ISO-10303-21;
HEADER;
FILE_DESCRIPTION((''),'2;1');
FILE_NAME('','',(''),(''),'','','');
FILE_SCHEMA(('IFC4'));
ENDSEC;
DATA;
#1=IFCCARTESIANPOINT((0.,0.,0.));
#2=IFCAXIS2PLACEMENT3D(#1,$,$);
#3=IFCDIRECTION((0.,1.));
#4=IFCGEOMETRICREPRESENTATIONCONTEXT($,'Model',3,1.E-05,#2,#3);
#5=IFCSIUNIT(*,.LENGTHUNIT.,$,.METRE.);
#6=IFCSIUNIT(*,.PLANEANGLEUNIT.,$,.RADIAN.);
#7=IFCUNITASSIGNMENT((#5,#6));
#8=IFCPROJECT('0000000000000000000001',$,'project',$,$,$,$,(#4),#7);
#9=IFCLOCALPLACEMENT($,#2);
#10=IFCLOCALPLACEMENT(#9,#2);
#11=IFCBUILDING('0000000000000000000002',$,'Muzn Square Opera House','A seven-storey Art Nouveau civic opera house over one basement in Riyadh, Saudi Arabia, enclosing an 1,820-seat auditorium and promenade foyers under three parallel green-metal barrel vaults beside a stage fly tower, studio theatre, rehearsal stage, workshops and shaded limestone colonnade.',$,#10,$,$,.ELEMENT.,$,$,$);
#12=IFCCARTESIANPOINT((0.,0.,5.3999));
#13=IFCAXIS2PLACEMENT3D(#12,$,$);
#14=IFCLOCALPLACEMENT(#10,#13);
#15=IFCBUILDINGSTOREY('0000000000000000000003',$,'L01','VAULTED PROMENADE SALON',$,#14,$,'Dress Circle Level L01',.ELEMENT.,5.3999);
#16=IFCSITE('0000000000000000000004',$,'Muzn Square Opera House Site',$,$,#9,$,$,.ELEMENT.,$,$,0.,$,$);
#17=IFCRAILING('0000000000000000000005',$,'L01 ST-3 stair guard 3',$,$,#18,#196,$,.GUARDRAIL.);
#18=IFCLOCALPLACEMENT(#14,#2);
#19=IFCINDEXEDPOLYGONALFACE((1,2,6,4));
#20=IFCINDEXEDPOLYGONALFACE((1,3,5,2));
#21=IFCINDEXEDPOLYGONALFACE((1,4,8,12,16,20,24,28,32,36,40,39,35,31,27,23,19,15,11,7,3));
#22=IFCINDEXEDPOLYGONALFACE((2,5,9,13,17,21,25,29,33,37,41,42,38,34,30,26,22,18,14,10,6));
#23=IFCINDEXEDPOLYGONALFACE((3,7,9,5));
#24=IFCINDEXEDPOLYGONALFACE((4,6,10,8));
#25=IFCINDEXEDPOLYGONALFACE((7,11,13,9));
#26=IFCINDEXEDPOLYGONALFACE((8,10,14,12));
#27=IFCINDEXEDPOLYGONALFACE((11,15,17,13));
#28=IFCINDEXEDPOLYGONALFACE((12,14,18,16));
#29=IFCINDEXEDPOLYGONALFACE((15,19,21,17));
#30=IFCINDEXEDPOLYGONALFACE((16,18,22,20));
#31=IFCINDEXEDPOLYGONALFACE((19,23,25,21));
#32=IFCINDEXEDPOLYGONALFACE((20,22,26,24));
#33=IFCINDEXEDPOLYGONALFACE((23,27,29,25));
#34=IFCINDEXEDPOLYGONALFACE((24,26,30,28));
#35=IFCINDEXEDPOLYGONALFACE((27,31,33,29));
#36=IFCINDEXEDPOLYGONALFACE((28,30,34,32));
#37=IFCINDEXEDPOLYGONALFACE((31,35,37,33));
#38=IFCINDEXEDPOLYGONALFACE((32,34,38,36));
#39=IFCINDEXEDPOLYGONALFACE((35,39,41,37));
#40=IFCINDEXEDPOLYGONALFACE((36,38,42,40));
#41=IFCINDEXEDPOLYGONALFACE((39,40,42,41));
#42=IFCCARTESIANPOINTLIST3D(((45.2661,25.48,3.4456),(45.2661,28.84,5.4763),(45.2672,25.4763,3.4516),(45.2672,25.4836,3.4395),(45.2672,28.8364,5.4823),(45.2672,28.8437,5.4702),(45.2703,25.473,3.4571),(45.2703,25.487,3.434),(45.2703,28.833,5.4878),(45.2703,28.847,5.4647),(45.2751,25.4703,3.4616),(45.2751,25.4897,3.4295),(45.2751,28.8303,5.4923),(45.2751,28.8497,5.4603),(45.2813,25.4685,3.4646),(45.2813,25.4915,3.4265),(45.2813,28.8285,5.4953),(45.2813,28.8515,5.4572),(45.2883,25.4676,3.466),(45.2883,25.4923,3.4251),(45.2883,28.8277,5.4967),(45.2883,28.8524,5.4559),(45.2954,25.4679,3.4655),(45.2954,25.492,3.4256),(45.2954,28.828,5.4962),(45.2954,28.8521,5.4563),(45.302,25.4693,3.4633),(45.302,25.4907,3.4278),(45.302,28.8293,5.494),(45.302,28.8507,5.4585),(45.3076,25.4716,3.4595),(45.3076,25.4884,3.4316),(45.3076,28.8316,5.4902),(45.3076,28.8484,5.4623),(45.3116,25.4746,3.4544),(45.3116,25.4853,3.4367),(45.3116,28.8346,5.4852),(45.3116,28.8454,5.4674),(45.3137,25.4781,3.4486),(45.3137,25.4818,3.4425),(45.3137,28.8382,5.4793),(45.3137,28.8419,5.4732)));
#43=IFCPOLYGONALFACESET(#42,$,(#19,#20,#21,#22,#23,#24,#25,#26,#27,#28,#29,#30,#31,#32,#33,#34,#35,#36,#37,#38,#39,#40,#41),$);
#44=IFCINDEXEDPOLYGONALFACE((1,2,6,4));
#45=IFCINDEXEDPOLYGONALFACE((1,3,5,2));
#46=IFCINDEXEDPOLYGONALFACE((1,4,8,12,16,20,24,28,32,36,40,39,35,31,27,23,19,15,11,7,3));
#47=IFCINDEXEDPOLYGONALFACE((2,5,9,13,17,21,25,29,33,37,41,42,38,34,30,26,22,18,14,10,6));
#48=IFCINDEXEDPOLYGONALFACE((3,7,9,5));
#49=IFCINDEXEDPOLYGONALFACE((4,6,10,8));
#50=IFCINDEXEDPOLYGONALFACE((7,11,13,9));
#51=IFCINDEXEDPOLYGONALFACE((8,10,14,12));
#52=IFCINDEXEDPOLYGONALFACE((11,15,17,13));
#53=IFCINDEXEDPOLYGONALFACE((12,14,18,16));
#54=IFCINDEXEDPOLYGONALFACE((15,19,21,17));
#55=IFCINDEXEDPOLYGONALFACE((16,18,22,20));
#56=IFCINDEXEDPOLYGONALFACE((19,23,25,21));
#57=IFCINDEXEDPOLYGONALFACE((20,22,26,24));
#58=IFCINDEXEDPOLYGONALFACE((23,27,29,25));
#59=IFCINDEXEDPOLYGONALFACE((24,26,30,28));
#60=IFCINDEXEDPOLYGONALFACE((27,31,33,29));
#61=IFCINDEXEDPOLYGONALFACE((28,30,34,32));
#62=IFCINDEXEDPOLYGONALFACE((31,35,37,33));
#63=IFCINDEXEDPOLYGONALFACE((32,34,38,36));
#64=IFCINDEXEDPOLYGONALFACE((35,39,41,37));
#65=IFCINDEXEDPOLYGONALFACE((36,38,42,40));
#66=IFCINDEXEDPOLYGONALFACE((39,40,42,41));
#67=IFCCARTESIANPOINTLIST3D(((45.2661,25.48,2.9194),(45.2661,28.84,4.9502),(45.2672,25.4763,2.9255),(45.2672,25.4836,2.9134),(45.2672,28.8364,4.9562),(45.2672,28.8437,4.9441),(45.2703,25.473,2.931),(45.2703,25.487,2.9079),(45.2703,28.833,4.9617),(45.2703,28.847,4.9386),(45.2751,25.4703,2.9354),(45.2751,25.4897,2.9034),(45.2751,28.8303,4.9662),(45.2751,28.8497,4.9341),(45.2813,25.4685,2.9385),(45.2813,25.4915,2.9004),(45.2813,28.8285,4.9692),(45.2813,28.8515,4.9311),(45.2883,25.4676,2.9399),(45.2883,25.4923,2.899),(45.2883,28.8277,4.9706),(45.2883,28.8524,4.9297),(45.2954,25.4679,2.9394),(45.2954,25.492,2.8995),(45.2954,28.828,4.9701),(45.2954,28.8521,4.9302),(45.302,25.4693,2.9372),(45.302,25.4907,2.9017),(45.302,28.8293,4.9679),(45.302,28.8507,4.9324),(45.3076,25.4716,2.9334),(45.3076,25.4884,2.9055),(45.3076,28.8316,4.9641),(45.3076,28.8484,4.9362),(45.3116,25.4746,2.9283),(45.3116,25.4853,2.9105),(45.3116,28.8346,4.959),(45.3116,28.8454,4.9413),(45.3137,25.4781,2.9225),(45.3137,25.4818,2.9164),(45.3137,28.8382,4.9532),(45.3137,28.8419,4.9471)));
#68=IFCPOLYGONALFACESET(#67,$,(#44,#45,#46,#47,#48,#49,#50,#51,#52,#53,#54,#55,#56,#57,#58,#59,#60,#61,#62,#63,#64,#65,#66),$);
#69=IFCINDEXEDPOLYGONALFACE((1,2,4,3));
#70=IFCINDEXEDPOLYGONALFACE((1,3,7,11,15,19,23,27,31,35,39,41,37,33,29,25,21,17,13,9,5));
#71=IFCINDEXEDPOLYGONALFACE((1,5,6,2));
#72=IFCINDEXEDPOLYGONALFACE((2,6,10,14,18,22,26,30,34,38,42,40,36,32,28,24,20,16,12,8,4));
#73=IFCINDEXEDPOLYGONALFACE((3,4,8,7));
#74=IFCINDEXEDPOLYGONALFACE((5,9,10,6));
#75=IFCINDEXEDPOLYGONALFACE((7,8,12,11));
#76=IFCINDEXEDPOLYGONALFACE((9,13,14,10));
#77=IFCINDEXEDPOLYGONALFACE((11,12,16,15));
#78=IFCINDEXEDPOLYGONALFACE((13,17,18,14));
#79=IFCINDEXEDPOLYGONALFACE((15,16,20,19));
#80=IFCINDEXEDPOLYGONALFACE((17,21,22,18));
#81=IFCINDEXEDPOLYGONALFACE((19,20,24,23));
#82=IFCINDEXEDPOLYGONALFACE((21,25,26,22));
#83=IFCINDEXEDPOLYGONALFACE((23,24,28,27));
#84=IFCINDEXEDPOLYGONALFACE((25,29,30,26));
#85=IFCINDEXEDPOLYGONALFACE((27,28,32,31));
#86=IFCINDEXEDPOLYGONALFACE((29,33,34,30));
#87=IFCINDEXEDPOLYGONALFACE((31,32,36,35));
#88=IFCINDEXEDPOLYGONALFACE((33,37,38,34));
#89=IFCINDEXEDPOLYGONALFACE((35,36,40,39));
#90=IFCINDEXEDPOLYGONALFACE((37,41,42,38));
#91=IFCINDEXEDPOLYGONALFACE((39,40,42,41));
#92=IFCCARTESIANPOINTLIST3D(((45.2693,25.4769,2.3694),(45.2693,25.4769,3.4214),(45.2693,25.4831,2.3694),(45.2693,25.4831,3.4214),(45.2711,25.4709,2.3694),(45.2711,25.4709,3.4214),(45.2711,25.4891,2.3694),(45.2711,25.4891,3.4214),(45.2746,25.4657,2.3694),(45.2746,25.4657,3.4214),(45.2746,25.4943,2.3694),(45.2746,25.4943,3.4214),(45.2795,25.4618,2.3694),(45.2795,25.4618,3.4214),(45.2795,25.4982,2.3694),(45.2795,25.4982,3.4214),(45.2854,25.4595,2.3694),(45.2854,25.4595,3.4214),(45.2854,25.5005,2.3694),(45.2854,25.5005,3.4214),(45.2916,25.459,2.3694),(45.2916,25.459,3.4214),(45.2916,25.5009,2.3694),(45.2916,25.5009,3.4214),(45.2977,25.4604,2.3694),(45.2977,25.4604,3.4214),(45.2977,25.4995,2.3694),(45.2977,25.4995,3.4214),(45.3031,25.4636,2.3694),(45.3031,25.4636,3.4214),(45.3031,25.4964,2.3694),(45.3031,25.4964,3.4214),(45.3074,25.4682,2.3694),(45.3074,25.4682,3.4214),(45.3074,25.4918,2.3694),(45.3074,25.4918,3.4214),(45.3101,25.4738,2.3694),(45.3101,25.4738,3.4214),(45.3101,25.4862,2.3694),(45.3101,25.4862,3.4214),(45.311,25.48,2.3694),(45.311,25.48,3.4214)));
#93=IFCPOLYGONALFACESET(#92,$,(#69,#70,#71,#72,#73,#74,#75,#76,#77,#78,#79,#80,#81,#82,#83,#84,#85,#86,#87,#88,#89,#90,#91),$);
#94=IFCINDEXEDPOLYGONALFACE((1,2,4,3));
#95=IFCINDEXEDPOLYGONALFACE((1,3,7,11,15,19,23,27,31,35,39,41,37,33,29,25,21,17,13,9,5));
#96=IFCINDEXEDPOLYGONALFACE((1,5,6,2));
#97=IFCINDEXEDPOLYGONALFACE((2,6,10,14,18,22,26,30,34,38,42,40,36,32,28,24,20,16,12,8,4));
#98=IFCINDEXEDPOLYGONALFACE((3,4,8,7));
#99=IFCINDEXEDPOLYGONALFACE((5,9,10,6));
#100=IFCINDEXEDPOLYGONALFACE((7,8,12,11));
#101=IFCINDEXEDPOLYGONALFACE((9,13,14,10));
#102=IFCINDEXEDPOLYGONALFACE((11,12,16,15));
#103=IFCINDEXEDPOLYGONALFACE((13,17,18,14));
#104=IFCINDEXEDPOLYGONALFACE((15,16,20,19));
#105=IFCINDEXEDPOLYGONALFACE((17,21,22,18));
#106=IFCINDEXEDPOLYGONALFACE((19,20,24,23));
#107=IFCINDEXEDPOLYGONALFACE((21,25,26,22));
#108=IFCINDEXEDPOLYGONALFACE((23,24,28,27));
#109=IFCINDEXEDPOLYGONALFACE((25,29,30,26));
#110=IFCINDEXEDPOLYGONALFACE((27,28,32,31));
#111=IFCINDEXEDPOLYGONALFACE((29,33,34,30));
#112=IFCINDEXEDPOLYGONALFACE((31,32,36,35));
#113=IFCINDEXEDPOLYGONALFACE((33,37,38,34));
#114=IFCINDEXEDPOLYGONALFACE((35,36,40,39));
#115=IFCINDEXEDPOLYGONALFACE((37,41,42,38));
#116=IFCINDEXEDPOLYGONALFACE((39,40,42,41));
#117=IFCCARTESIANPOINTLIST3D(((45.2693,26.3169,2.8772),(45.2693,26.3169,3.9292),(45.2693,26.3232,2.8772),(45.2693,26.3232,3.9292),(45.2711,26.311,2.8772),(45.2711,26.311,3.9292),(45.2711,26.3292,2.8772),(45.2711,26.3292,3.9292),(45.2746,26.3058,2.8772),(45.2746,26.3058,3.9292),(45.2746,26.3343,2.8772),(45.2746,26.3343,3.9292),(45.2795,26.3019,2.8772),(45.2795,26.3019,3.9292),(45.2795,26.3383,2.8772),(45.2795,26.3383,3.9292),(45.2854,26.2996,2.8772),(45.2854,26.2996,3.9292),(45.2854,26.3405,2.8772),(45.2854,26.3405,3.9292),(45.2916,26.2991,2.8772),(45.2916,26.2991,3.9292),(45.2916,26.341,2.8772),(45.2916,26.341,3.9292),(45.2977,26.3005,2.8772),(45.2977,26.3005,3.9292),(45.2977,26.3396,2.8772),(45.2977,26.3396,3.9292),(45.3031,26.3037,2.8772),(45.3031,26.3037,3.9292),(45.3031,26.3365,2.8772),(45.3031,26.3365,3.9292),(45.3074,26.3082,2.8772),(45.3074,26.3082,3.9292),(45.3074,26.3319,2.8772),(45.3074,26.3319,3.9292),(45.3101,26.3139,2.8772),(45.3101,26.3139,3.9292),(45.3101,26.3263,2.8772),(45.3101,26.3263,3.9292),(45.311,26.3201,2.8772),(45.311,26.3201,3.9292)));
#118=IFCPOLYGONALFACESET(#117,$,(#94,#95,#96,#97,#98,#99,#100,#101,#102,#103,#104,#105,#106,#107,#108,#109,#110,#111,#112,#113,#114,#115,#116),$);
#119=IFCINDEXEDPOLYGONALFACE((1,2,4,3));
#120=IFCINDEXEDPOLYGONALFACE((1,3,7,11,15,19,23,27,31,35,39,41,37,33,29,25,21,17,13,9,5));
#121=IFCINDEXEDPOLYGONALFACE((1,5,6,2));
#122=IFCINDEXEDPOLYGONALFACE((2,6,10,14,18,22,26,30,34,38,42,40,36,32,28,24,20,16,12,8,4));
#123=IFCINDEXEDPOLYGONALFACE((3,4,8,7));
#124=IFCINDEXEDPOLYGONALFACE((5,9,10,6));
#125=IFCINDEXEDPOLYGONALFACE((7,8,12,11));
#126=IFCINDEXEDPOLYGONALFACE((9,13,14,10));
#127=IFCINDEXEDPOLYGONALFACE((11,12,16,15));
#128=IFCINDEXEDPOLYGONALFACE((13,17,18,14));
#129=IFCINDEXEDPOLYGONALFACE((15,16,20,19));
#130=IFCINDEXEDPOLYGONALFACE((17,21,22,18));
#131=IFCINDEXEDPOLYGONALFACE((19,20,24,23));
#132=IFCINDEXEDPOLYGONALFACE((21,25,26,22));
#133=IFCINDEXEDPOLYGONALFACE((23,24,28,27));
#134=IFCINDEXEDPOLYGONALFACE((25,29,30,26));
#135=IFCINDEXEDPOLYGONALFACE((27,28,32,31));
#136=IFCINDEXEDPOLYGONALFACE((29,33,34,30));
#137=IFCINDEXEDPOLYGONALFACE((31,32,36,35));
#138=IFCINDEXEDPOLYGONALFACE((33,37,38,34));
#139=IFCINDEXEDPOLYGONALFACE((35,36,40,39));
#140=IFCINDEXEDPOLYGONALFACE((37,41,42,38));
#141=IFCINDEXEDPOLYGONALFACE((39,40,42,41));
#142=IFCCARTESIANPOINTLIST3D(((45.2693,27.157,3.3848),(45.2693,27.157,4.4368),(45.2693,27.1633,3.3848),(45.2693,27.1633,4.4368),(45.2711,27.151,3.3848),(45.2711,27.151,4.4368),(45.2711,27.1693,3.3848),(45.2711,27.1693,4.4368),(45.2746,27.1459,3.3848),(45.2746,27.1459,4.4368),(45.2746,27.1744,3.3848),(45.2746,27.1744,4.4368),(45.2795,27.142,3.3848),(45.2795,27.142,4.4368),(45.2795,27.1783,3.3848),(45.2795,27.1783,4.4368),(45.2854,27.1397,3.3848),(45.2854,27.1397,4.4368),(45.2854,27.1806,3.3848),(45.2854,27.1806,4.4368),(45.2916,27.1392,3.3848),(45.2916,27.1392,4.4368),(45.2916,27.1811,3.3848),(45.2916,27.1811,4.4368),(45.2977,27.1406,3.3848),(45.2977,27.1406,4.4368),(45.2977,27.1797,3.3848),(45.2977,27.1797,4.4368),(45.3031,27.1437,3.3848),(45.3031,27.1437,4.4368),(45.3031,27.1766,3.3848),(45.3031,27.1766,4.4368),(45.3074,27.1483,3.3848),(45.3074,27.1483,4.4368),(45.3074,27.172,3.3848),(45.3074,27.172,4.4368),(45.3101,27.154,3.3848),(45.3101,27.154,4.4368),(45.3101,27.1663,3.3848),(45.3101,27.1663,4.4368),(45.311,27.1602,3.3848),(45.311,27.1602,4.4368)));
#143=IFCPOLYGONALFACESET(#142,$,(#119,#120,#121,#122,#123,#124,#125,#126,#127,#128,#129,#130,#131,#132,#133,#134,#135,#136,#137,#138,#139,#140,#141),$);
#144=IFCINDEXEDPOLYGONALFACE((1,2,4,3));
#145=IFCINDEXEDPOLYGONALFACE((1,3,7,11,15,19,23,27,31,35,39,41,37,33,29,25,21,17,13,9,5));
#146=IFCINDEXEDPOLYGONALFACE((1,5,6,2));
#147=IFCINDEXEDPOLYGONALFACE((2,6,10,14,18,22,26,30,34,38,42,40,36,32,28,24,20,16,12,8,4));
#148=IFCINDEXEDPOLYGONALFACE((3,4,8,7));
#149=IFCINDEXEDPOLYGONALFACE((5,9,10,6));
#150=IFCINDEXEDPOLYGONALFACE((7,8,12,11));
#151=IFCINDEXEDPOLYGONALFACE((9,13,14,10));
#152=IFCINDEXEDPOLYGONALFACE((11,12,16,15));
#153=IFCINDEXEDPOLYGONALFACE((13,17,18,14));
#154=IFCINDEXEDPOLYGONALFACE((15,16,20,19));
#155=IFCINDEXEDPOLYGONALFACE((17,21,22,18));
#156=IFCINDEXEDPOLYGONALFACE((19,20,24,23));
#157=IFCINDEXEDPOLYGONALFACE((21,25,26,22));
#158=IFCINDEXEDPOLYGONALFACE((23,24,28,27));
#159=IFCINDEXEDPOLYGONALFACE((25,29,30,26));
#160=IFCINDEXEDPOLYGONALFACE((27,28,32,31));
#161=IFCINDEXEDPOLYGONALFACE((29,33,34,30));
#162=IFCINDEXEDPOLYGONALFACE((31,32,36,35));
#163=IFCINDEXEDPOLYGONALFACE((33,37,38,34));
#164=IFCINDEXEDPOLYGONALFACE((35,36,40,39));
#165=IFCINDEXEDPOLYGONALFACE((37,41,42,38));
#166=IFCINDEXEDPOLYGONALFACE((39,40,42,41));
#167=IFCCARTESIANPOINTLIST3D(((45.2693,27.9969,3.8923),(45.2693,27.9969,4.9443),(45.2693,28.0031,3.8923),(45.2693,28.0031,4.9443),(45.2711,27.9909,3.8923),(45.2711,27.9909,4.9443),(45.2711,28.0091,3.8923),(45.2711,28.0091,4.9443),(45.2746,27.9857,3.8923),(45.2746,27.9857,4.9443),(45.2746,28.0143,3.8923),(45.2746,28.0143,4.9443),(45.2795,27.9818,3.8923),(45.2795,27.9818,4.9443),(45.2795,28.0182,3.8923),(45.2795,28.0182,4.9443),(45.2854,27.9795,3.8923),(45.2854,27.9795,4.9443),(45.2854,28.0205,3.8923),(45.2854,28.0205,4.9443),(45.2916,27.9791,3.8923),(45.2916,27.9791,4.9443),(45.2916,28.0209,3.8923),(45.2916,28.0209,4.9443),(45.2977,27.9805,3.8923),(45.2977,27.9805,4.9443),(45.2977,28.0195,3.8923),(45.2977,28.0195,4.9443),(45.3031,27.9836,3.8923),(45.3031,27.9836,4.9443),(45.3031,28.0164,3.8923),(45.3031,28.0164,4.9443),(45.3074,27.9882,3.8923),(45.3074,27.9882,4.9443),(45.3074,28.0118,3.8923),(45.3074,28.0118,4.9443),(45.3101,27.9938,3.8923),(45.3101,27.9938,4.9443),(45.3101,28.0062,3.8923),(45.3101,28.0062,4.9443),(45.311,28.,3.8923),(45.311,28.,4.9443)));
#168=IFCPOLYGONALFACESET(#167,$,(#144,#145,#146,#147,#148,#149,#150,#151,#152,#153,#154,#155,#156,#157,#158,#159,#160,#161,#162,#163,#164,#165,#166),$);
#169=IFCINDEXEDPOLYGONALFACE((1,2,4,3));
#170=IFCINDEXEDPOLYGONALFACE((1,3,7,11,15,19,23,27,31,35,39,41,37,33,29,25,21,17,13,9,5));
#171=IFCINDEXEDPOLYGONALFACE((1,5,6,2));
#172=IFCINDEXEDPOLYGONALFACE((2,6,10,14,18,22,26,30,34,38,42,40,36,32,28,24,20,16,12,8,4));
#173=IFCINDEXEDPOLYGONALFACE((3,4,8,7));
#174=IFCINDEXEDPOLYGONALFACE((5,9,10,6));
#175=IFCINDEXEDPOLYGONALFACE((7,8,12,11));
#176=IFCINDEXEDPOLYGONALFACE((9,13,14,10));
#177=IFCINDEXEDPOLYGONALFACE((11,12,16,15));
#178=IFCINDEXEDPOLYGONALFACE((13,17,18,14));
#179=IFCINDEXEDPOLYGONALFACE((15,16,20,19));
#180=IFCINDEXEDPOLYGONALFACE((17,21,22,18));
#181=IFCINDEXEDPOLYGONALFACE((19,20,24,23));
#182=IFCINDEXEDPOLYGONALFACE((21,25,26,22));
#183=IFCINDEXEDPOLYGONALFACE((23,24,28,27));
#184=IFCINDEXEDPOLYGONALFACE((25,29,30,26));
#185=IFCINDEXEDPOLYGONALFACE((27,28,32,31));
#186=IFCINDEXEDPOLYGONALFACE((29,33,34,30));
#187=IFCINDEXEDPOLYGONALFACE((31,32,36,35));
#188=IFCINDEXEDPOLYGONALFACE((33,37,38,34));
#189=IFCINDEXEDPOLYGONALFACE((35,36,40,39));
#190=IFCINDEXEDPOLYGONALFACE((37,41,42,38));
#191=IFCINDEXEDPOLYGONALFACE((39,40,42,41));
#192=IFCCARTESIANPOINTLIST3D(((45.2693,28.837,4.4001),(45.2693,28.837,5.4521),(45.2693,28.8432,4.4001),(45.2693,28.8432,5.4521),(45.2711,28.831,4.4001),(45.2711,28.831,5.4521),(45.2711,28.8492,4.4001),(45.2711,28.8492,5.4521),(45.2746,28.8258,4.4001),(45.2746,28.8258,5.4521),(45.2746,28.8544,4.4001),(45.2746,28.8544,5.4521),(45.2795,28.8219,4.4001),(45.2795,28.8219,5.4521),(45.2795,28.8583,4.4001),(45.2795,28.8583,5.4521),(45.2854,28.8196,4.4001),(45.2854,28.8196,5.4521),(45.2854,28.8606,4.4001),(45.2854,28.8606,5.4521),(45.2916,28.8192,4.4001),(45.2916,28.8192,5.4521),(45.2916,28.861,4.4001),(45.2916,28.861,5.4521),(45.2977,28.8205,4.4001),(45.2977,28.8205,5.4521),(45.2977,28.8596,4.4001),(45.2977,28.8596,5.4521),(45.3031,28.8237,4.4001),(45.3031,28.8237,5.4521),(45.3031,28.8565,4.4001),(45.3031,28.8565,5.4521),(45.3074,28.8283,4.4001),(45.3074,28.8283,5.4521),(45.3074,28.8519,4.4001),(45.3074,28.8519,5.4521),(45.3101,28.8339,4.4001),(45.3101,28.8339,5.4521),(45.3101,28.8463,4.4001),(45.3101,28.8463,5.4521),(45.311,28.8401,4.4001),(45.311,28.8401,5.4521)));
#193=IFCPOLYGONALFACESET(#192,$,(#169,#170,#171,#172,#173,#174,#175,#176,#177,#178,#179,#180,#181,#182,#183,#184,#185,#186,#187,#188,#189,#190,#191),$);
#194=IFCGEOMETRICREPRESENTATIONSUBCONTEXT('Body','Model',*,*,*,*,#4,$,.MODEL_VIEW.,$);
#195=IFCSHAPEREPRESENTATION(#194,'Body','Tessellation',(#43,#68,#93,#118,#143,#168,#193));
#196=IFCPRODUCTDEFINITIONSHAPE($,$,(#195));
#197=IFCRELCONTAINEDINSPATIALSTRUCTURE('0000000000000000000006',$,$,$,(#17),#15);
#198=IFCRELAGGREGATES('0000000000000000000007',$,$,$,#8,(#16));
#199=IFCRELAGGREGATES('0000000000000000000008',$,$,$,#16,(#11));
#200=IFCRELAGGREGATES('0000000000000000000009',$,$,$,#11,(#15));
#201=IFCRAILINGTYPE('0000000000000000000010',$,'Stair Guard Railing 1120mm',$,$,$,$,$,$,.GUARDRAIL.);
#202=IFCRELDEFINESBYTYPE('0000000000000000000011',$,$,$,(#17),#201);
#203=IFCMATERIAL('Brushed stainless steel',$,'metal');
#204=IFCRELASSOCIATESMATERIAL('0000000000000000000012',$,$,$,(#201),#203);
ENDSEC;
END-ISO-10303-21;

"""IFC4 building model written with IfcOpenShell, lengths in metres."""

from ifc_helpers import new_model, si_unit, direction, frame, origin, origin_2d, place, context, subcontext, project, spatial, circle, extrude, material, type_object, element, save


model = new_model("IFC4")

# Units and contexts
model_context = context("Model", 3, precision=1e-05, world=origin(), true_north=direction((0.0, 1.0)))
body_context = subcontext(model_context, "Body", "Model", "MODEL_VIEW")
ifc_project = project(units=[si_unit("LENGTHUNIT", "METRE"), si_unit("PLANEANGLEUNIT", "RADIAN")], contexts=[model_context])

# Site, building, storey
site_placement = place(None, origin())
site = spatial("IfcSite", under=ifc_project, at=site_placement, Name="Muzn Square Opera House Site", CompositionType="ELEMENT", RefElevation=0.0)
building_placement = place(site_placement, origin())
building = spatial("IfcBuilding", under=site, at=building_placement, Name="Muzn Square Opera House", Description="A seven-storey Art Nouveau civic opera house over one basement in Riyadh, Saudi Arabia, enclosing an 1,820-seat auditorium and promenade foyers under three parallel green-metal barrel vaults beside a stage fly tower, studio theatre, rehearsal stage, workshops and shaded limestone colonnade.", CompositionType="ELEMENT")
storey_placement = place(building_placement, frame((0.0, 0.0, 5.3999)))
storey = spatial("IfcBuildingStorey", under=building, at=storey_placement, Name="L01", Description="VAULTED PROMENADE SALON", LongName="Dress Circle Level L01", CompositionType="ELEMENT", Elevation=5.3999)

# Shared definitions
ifc_material_1 = material(Name="Brushed stainless steel", Category="metal")

# Railing
railing_type_1 = type_object("IfcRailingType", Name="Stair Guard Railing 1120mm", PredefinedType="GUARDRAIL", material=ifc_material_1)
railing_1_placement = place(storey_placement, frame((45.29, 25.48, 2.3694)))
element("IfcRailing", 1, at=railing_1_placement, inside=storey, type_object=railing_type_1, Name="L01 ST-3 stair guard 3", PredefinedType="GUARDRAIL", context=body_context, shape_type="SweptSolid", body=[
    extrude(circle(Radius=0.0239, at=origin_2d()), frame((0.0, 0.0, 1.0762), z_axis=(0.0, 0.855837, 0.517246), x_axis=(-1.0, 0.0, 0.0)), (0.0, 0.0, 1.0), 3.926),
    extrude(circle(Radius=0.0239, at=origin_2d()), frame((0.0, 0.0, 0.55), z_axis=(0.0, 0.855837, 0.517246), x_axis=(-1.0, 0.0, 0.0)), (0.0, 0.0, 1.0), 3.926),
    extrude(circle(Radius=0.021, at=origin_2d()), origin(), (0.0, 0.0, 1.0), 1.052),
    extrude(circle(Radius=0.021, at=origin_2d()), frame((0.0, 0.8401, 0.5078)), (0.0, 0.0, 1.0), 1.052),
    extrude(circle(Radius=0.021, at=origin_2d()), frame((0.0, 1.6802, 1.0154)), (0.0, 0.0, 1.0), 1.052),
    extrude(circle(Radius=0.021, at=origin_2d()), frame((0.0, 2.52, 1.5229)), (0.0, 0.0, 1.0), 1.052),
    extrude(circle(Radius=0.021, at=origin_2d()), frame((0.0, 3.3601, 2.0308)), (0.0, 0.0, 1.0), 1.052),
])

save(model, "model.ifc")
